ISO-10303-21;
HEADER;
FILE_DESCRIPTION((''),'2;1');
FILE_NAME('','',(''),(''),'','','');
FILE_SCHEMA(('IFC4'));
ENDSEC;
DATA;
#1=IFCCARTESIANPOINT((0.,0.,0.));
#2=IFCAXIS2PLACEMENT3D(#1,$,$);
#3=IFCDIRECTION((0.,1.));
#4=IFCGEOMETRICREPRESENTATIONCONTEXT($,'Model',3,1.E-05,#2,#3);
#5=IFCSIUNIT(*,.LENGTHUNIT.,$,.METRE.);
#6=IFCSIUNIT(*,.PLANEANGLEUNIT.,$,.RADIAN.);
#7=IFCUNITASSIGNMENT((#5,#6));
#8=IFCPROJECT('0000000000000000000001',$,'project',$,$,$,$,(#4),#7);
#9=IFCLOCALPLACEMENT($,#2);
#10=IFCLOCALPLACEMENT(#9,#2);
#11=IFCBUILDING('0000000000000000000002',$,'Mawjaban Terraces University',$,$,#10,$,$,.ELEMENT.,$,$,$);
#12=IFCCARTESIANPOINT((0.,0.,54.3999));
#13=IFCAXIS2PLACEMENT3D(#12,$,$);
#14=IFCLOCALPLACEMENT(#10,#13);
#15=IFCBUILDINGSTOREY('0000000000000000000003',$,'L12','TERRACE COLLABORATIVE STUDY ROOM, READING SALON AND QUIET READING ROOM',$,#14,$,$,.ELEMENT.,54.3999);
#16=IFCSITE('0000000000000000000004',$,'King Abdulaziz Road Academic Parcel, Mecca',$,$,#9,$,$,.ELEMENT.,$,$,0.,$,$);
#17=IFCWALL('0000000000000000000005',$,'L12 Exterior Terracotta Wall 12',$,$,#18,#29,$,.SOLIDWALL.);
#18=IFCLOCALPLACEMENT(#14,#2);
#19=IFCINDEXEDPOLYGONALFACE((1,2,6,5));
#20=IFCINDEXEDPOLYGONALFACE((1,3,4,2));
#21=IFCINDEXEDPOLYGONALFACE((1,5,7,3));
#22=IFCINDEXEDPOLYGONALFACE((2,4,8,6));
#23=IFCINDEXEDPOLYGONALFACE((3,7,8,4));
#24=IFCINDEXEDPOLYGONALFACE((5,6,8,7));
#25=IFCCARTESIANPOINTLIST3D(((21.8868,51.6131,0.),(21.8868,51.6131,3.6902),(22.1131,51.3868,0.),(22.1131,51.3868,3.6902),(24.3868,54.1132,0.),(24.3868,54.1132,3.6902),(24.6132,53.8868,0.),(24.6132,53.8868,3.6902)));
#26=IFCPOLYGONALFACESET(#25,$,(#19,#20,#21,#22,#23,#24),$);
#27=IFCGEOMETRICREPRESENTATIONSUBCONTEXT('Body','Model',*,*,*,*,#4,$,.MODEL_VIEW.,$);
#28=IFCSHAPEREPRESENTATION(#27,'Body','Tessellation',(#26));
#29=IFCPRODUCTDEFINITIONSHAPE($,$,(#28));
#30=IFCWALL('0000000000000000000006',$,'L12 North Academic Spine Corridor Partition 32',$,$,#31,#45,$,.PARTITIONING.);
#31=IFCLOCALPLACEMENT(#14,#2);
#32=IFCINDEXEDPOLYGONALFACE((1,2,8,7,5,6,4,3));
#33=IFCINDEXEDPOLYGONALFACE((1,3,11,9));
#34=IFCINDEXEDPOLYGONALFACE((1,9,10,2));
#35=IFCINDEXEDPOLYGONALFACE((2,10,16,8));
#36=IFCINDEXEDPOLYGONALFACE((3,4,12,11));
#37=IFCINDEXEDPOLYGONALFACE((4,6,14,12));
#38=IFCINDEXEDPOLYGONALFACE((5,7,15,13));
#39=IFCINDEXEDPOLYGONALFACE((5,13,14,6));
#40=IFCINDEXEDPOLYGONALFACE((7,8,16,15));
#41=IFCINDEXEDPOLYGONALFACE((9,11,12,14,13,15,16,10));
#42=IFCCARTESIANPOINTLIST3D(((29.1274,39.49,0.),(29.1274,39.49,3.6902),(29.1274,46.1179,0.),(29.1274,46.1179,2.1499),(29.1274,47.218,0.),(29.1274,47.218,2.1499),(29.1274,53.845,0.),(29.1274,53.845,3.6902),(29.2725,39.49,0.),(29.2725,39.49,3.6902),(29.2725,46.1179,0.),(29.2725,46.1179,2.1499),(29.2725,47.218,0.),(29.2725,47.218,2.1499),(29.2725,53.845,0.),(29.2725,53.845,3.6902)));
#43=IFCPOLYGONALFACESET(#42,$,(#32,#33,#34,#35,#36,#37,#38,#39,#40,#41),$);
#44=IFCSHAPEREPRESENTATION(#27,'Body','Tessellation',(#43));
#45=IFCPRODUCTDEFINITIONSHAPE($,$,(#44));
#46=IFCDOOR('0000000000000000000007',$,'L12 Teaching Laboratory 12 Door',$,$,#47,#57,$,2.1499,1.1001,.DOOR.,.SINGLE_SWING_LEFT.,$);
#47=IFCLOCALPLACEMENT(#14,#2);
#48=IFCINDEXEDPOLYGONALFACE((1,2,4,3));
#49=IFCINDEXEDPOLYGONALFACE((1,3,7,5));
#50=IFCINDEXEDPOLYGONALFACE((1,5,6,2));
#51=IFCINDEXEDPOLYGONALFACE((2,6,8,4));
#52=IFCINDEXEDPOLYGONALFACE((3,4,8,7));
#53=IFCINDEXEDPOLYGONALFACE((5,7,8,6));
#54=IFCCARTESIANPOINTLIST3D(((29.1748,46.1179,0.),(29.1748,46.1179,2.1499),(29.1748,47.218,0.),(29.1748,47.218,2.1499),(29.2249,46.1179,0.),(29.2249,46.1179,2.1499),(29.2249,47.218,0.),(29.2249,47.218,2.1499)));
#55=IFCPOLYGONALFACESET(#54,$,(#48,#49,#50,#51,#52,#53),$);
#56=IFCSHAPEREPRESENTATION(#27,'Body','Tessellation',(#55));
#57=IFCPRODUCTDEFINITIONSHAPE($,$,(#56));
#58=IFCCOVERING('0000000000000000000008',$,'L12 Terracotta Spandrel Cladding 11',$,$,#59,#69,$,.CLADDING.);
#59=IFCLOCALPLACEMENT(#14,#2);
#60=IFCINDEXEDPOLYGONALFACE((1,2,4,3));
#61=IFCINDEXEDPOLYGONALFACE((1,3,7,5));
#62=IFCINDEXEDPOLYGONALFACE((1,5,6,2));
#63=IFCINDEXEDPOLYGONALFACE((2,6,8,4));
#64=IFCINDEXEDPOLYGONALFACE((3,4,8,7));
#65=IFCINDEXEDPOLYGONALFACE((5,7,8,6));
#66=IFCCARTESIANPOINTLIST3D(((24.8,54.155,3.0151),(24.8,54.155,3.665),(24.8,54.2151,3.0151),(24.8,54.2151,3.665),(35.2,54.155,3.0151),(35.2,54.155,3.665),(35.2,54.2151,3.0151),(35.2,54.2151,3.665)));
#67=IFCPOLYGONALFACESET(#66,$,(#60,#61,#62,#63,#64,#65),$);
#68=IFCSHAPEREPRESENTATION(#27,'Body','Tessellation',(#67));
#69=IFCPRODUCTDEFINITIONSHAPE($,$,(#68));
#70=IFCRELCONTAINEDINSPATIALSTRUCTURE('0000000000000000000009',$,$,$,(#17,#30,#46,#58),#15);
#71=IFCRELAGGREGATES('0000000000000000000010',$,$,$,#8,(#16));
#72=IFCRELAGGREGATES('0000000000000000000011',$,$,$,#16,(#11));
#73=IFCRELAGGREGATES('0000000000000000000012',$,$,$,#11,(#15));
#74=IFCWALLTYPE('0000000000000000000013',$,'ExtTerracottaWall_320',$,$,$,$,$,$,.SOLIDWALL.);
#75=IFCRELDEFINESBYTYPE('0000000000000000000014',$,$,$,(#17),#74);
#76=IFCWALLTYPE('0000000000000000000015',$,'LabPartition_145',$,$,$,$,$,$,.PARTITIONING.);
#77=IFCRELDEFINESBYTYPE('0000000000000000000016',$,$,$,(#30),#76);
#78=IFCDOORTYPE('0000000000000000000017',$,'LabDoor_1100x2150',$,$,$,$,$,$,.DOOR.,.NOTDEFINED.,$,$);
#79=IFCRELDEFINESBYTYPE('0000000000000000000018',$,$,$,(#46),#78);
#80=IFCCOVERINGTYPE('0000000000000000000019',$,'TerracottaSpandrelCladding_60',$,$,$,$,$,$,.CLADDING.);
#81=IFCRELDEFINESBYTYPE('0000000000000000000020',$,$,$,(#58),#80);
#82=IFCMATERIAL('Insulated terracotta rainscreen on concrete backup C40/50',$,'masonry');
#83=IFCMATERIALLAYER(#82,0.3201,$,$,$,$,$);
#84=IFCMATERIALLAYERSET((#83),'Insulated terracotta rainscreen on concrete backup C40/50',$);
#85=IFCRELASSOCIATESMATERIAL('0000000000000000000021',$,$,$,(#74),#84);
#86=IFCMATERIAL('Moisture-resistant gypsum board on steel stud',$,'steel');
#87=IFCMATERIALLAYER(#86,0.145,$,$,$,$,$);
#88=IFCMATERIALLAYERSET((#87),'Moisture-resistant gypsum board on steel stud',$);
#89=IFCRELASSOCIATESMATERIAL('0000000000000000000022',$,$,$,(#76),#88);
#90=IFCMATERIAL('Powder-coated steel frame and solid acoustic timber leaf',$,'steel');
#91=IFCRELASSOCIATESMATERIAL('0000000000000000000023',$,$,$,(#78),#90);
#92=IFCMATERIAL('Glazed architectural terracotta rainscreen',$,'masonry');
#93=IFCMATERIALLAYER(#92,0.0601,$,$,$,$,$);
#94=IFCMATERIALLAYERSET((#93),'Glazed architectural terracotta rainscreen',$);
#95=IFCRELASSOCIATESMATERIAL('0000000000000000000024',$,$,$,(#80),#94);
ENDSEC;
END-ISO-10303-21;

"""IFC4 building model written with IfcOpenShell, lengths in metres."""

from ifc_helpers import new_model, si_unit, direction, frame, frame_2d, origin, origin_2d, place, context, subcontext, project, spatial, rectangle, extrude, material, layer, layer_set, type_object, element, fill, save


model = new_model("IFC4")

# Units and contexts
model_context = context("Model", 3, precision=1e-05, world=origin(), true_north=direction((0.0, 1.0)))
body_context = subcontext(model_context, "Body", "Model", "MODEL_VIEW")
ifc_project = project(units=[si_unit("LENGTHUNIT", "METRE"), si_unit("PLANEANGLEUNIT", "RADIAN")], contexts=[model_context])

# Site, building, storey
site_placement = place(None, origin())
site = spatial("IfcSite", under=ifc_project, at=site_placement, Name="King Abdulaziz Road Academic Parcel, Mecca", CompositionType="ELEMENT", RefElevation=0.0)
building_placement = place(site_placement, origin())
building = spatial("IfcBuilding", under=site, at=building_placement, Name="Mawjaban Terraces University", CompositionType="ELEMENT")
storey_placement = place(building_placement, frame((0.0, 0.0, 54.3999)))
storey = spatial("IfcBuildingStorey", under=building, at=storey_placement, Name="L12", Description="TERRACE COLLABORATIVE STUDY ROOM, READING SALON AND QUIET READING ROOM", CompositionType="ELEMENT", Elevation=54.3999)

# Shared definitions
ifc_material_1 = material(Name="Insulated terracotta rainscreen on concrete backup C40/50", Category="masonry")
ifc_layer_1 = layer(ifc_material_1, 0.3201)
ifc_layer_set_1 = layer_set([ifc_layer_1], Name="Insulated terracotta rainscreen on concrete backup C40/50")
wall_type_1 = type_object("IfcWallType", Name="ExtTerracottaWall_320", PredefinedType="SOLIDWALL", material=ifc_layer_set_1)

# Wall
wall_1_placement = place(storey_placement, frame((24.5, 54.0, 0.0), z_axis=(0.0, 0.0, 1.0), x_axis=(-0.707107, -0.707107, 0.0)))
element("IfcWall", 1, at=wall_1_placement, inside=storey, type_object=wall_type_1, Name="L12 Exterior Terracotta Wall 12", PredefinedType="SOLIDWALL", context=body_context, shape_type="SweptSolid", body=[
    extrude(rectangle(XDim=3.5356, YDim=0.3201, at=frame_2d((1.7678, 0.0))), origin(), (0.0, 0.0, 1.0), 3.6902),
])

# Wall, opening, door
ifc_material_2 = material(Name="Moisture-resistant gypsum board on steel stud", Category="steel")
ifc_layer_2 = layer(ifc_material_2, 0.145)
ifc_layer_set_2 = layer_set([ifc_layer_2], Name="Moisture-resistant gypsum board on steel stud")
wall_type_2 = type_object("IfcWallType", Name="LabPartition_145", PredefinedType="PARTITIONING", material=ifc_layer_set_2)
wall_2_placement = place(storey_placement, frame((29.2, 53.845, 0.0), z_axis=(0.0, 0.0, 1.0), x_axis=(0.0, -1.0, 0.0)))
wall_2 = element("IfcWall", 2, at=wall_2_placement, inside=storey, type_object=wall_type_2, Name="L12 North Academic Spine Corridor Partition 32", PredefinedType="PARTITIONING", context=body_context, shape_type="SweptSolid", body=[
    extrude(rectangle(XDim=14.355, YDim=0.145, at=frame_2d((7.1775, 0.0))), origin(), (0.0, 0.0, 1.0), 3.6902),
])
opening_1_placement = place(wall_2_placement, frame((6.627, 0.0, 0.0)))
opening_1 = element("IfcOpeningElement", 3, at=opening_1_placement, cuts=wall_2, PredefinedType="OPENING", context=body_context, shape_type="SweptSolid", body=[
    extrude(rectangle(XDim=1.1001, YDim=2.1499, at=frame_2d((0.55, 1.075))), frame((0.0, 0.0825, 0.0), z_axis=(0.0, -1.0, 0.0), x_axis=(1.0, 0.0, 0.0)), (0.0, 0.0, 1.0), 0.165),
])
ifc_material_3 = material(Name="Powder-coated steel frame and solid acoustic timber leaf", Category="steel")
door_type_1 = type_object("IfcDoorType", Name="LabDoor_1100x2150", OperationType="NOTDEFINED", PredefinedType="DOOR", material=ifc_material_3)
door_1_placement = place(opening_1_placement, origin())
door_1 = element("IfcDoor", 4, at=door_1_placement, inside=storey, type_object=door_type_1, Name="L12 Teaching Laboratory 12 Door", OperationType="SINGLE_SWING_LEFT", OverallHeight=2.1499, OverallWidth=1.1001, PredefinedType="DOOR", context=body_context, shape_type="SweptSolid", body=[
    extrude(rectangle(XDim=1.1001, YDim=2.1499, at=frame_2d((0.55, 1.075))), frame((0.0, 0.0249, 0.0), z_axis=(0.0, -1.0, 0.0), x_axis=(1.0, 0.0, 0.0)), (0.0, 0.0, 1.0), 0.05),
])
fill(opening_1, door_1)

# Covering
ifc_material_4 = material(Name="Glazed architectural terracotta rainscreen", Category="masonry")
ifc_layer_3 = layer(ifc_material_4, 0.0601)
ifc_layer_set_3 = layer_set([ifc_layer_3], Name="Glazed architectural terracotta rainscreen")
covering_type = type_object("IfcCoveringType", Name="TerracottaSpandrelCladding_60", PredefinedType="CLADDING", material=ifc_layer_set_3)
covering_placement = place(storey_placement, frame((30.0, 54.1851, 3.0151), z_axis=(0.0, 0.0, 1.0), x_axis=(-1.0, 0.0, 0.0)))
element("IfcCovering", 5, at=covering_placement, inside=storey, type_object=covering_type, Name="L12 Terracotta Spandrel Cladding 11", PredefinedType="CLADDING", context=body_context, shape_type="SweptSolid", body=[
    extrude(rectangle(XDim=10.3999, YDim=0.0601, at=origin_2d()), origin(), (0.0, 0.0, 1.0), 0.6499),
])

save(model, "model.ifc")
